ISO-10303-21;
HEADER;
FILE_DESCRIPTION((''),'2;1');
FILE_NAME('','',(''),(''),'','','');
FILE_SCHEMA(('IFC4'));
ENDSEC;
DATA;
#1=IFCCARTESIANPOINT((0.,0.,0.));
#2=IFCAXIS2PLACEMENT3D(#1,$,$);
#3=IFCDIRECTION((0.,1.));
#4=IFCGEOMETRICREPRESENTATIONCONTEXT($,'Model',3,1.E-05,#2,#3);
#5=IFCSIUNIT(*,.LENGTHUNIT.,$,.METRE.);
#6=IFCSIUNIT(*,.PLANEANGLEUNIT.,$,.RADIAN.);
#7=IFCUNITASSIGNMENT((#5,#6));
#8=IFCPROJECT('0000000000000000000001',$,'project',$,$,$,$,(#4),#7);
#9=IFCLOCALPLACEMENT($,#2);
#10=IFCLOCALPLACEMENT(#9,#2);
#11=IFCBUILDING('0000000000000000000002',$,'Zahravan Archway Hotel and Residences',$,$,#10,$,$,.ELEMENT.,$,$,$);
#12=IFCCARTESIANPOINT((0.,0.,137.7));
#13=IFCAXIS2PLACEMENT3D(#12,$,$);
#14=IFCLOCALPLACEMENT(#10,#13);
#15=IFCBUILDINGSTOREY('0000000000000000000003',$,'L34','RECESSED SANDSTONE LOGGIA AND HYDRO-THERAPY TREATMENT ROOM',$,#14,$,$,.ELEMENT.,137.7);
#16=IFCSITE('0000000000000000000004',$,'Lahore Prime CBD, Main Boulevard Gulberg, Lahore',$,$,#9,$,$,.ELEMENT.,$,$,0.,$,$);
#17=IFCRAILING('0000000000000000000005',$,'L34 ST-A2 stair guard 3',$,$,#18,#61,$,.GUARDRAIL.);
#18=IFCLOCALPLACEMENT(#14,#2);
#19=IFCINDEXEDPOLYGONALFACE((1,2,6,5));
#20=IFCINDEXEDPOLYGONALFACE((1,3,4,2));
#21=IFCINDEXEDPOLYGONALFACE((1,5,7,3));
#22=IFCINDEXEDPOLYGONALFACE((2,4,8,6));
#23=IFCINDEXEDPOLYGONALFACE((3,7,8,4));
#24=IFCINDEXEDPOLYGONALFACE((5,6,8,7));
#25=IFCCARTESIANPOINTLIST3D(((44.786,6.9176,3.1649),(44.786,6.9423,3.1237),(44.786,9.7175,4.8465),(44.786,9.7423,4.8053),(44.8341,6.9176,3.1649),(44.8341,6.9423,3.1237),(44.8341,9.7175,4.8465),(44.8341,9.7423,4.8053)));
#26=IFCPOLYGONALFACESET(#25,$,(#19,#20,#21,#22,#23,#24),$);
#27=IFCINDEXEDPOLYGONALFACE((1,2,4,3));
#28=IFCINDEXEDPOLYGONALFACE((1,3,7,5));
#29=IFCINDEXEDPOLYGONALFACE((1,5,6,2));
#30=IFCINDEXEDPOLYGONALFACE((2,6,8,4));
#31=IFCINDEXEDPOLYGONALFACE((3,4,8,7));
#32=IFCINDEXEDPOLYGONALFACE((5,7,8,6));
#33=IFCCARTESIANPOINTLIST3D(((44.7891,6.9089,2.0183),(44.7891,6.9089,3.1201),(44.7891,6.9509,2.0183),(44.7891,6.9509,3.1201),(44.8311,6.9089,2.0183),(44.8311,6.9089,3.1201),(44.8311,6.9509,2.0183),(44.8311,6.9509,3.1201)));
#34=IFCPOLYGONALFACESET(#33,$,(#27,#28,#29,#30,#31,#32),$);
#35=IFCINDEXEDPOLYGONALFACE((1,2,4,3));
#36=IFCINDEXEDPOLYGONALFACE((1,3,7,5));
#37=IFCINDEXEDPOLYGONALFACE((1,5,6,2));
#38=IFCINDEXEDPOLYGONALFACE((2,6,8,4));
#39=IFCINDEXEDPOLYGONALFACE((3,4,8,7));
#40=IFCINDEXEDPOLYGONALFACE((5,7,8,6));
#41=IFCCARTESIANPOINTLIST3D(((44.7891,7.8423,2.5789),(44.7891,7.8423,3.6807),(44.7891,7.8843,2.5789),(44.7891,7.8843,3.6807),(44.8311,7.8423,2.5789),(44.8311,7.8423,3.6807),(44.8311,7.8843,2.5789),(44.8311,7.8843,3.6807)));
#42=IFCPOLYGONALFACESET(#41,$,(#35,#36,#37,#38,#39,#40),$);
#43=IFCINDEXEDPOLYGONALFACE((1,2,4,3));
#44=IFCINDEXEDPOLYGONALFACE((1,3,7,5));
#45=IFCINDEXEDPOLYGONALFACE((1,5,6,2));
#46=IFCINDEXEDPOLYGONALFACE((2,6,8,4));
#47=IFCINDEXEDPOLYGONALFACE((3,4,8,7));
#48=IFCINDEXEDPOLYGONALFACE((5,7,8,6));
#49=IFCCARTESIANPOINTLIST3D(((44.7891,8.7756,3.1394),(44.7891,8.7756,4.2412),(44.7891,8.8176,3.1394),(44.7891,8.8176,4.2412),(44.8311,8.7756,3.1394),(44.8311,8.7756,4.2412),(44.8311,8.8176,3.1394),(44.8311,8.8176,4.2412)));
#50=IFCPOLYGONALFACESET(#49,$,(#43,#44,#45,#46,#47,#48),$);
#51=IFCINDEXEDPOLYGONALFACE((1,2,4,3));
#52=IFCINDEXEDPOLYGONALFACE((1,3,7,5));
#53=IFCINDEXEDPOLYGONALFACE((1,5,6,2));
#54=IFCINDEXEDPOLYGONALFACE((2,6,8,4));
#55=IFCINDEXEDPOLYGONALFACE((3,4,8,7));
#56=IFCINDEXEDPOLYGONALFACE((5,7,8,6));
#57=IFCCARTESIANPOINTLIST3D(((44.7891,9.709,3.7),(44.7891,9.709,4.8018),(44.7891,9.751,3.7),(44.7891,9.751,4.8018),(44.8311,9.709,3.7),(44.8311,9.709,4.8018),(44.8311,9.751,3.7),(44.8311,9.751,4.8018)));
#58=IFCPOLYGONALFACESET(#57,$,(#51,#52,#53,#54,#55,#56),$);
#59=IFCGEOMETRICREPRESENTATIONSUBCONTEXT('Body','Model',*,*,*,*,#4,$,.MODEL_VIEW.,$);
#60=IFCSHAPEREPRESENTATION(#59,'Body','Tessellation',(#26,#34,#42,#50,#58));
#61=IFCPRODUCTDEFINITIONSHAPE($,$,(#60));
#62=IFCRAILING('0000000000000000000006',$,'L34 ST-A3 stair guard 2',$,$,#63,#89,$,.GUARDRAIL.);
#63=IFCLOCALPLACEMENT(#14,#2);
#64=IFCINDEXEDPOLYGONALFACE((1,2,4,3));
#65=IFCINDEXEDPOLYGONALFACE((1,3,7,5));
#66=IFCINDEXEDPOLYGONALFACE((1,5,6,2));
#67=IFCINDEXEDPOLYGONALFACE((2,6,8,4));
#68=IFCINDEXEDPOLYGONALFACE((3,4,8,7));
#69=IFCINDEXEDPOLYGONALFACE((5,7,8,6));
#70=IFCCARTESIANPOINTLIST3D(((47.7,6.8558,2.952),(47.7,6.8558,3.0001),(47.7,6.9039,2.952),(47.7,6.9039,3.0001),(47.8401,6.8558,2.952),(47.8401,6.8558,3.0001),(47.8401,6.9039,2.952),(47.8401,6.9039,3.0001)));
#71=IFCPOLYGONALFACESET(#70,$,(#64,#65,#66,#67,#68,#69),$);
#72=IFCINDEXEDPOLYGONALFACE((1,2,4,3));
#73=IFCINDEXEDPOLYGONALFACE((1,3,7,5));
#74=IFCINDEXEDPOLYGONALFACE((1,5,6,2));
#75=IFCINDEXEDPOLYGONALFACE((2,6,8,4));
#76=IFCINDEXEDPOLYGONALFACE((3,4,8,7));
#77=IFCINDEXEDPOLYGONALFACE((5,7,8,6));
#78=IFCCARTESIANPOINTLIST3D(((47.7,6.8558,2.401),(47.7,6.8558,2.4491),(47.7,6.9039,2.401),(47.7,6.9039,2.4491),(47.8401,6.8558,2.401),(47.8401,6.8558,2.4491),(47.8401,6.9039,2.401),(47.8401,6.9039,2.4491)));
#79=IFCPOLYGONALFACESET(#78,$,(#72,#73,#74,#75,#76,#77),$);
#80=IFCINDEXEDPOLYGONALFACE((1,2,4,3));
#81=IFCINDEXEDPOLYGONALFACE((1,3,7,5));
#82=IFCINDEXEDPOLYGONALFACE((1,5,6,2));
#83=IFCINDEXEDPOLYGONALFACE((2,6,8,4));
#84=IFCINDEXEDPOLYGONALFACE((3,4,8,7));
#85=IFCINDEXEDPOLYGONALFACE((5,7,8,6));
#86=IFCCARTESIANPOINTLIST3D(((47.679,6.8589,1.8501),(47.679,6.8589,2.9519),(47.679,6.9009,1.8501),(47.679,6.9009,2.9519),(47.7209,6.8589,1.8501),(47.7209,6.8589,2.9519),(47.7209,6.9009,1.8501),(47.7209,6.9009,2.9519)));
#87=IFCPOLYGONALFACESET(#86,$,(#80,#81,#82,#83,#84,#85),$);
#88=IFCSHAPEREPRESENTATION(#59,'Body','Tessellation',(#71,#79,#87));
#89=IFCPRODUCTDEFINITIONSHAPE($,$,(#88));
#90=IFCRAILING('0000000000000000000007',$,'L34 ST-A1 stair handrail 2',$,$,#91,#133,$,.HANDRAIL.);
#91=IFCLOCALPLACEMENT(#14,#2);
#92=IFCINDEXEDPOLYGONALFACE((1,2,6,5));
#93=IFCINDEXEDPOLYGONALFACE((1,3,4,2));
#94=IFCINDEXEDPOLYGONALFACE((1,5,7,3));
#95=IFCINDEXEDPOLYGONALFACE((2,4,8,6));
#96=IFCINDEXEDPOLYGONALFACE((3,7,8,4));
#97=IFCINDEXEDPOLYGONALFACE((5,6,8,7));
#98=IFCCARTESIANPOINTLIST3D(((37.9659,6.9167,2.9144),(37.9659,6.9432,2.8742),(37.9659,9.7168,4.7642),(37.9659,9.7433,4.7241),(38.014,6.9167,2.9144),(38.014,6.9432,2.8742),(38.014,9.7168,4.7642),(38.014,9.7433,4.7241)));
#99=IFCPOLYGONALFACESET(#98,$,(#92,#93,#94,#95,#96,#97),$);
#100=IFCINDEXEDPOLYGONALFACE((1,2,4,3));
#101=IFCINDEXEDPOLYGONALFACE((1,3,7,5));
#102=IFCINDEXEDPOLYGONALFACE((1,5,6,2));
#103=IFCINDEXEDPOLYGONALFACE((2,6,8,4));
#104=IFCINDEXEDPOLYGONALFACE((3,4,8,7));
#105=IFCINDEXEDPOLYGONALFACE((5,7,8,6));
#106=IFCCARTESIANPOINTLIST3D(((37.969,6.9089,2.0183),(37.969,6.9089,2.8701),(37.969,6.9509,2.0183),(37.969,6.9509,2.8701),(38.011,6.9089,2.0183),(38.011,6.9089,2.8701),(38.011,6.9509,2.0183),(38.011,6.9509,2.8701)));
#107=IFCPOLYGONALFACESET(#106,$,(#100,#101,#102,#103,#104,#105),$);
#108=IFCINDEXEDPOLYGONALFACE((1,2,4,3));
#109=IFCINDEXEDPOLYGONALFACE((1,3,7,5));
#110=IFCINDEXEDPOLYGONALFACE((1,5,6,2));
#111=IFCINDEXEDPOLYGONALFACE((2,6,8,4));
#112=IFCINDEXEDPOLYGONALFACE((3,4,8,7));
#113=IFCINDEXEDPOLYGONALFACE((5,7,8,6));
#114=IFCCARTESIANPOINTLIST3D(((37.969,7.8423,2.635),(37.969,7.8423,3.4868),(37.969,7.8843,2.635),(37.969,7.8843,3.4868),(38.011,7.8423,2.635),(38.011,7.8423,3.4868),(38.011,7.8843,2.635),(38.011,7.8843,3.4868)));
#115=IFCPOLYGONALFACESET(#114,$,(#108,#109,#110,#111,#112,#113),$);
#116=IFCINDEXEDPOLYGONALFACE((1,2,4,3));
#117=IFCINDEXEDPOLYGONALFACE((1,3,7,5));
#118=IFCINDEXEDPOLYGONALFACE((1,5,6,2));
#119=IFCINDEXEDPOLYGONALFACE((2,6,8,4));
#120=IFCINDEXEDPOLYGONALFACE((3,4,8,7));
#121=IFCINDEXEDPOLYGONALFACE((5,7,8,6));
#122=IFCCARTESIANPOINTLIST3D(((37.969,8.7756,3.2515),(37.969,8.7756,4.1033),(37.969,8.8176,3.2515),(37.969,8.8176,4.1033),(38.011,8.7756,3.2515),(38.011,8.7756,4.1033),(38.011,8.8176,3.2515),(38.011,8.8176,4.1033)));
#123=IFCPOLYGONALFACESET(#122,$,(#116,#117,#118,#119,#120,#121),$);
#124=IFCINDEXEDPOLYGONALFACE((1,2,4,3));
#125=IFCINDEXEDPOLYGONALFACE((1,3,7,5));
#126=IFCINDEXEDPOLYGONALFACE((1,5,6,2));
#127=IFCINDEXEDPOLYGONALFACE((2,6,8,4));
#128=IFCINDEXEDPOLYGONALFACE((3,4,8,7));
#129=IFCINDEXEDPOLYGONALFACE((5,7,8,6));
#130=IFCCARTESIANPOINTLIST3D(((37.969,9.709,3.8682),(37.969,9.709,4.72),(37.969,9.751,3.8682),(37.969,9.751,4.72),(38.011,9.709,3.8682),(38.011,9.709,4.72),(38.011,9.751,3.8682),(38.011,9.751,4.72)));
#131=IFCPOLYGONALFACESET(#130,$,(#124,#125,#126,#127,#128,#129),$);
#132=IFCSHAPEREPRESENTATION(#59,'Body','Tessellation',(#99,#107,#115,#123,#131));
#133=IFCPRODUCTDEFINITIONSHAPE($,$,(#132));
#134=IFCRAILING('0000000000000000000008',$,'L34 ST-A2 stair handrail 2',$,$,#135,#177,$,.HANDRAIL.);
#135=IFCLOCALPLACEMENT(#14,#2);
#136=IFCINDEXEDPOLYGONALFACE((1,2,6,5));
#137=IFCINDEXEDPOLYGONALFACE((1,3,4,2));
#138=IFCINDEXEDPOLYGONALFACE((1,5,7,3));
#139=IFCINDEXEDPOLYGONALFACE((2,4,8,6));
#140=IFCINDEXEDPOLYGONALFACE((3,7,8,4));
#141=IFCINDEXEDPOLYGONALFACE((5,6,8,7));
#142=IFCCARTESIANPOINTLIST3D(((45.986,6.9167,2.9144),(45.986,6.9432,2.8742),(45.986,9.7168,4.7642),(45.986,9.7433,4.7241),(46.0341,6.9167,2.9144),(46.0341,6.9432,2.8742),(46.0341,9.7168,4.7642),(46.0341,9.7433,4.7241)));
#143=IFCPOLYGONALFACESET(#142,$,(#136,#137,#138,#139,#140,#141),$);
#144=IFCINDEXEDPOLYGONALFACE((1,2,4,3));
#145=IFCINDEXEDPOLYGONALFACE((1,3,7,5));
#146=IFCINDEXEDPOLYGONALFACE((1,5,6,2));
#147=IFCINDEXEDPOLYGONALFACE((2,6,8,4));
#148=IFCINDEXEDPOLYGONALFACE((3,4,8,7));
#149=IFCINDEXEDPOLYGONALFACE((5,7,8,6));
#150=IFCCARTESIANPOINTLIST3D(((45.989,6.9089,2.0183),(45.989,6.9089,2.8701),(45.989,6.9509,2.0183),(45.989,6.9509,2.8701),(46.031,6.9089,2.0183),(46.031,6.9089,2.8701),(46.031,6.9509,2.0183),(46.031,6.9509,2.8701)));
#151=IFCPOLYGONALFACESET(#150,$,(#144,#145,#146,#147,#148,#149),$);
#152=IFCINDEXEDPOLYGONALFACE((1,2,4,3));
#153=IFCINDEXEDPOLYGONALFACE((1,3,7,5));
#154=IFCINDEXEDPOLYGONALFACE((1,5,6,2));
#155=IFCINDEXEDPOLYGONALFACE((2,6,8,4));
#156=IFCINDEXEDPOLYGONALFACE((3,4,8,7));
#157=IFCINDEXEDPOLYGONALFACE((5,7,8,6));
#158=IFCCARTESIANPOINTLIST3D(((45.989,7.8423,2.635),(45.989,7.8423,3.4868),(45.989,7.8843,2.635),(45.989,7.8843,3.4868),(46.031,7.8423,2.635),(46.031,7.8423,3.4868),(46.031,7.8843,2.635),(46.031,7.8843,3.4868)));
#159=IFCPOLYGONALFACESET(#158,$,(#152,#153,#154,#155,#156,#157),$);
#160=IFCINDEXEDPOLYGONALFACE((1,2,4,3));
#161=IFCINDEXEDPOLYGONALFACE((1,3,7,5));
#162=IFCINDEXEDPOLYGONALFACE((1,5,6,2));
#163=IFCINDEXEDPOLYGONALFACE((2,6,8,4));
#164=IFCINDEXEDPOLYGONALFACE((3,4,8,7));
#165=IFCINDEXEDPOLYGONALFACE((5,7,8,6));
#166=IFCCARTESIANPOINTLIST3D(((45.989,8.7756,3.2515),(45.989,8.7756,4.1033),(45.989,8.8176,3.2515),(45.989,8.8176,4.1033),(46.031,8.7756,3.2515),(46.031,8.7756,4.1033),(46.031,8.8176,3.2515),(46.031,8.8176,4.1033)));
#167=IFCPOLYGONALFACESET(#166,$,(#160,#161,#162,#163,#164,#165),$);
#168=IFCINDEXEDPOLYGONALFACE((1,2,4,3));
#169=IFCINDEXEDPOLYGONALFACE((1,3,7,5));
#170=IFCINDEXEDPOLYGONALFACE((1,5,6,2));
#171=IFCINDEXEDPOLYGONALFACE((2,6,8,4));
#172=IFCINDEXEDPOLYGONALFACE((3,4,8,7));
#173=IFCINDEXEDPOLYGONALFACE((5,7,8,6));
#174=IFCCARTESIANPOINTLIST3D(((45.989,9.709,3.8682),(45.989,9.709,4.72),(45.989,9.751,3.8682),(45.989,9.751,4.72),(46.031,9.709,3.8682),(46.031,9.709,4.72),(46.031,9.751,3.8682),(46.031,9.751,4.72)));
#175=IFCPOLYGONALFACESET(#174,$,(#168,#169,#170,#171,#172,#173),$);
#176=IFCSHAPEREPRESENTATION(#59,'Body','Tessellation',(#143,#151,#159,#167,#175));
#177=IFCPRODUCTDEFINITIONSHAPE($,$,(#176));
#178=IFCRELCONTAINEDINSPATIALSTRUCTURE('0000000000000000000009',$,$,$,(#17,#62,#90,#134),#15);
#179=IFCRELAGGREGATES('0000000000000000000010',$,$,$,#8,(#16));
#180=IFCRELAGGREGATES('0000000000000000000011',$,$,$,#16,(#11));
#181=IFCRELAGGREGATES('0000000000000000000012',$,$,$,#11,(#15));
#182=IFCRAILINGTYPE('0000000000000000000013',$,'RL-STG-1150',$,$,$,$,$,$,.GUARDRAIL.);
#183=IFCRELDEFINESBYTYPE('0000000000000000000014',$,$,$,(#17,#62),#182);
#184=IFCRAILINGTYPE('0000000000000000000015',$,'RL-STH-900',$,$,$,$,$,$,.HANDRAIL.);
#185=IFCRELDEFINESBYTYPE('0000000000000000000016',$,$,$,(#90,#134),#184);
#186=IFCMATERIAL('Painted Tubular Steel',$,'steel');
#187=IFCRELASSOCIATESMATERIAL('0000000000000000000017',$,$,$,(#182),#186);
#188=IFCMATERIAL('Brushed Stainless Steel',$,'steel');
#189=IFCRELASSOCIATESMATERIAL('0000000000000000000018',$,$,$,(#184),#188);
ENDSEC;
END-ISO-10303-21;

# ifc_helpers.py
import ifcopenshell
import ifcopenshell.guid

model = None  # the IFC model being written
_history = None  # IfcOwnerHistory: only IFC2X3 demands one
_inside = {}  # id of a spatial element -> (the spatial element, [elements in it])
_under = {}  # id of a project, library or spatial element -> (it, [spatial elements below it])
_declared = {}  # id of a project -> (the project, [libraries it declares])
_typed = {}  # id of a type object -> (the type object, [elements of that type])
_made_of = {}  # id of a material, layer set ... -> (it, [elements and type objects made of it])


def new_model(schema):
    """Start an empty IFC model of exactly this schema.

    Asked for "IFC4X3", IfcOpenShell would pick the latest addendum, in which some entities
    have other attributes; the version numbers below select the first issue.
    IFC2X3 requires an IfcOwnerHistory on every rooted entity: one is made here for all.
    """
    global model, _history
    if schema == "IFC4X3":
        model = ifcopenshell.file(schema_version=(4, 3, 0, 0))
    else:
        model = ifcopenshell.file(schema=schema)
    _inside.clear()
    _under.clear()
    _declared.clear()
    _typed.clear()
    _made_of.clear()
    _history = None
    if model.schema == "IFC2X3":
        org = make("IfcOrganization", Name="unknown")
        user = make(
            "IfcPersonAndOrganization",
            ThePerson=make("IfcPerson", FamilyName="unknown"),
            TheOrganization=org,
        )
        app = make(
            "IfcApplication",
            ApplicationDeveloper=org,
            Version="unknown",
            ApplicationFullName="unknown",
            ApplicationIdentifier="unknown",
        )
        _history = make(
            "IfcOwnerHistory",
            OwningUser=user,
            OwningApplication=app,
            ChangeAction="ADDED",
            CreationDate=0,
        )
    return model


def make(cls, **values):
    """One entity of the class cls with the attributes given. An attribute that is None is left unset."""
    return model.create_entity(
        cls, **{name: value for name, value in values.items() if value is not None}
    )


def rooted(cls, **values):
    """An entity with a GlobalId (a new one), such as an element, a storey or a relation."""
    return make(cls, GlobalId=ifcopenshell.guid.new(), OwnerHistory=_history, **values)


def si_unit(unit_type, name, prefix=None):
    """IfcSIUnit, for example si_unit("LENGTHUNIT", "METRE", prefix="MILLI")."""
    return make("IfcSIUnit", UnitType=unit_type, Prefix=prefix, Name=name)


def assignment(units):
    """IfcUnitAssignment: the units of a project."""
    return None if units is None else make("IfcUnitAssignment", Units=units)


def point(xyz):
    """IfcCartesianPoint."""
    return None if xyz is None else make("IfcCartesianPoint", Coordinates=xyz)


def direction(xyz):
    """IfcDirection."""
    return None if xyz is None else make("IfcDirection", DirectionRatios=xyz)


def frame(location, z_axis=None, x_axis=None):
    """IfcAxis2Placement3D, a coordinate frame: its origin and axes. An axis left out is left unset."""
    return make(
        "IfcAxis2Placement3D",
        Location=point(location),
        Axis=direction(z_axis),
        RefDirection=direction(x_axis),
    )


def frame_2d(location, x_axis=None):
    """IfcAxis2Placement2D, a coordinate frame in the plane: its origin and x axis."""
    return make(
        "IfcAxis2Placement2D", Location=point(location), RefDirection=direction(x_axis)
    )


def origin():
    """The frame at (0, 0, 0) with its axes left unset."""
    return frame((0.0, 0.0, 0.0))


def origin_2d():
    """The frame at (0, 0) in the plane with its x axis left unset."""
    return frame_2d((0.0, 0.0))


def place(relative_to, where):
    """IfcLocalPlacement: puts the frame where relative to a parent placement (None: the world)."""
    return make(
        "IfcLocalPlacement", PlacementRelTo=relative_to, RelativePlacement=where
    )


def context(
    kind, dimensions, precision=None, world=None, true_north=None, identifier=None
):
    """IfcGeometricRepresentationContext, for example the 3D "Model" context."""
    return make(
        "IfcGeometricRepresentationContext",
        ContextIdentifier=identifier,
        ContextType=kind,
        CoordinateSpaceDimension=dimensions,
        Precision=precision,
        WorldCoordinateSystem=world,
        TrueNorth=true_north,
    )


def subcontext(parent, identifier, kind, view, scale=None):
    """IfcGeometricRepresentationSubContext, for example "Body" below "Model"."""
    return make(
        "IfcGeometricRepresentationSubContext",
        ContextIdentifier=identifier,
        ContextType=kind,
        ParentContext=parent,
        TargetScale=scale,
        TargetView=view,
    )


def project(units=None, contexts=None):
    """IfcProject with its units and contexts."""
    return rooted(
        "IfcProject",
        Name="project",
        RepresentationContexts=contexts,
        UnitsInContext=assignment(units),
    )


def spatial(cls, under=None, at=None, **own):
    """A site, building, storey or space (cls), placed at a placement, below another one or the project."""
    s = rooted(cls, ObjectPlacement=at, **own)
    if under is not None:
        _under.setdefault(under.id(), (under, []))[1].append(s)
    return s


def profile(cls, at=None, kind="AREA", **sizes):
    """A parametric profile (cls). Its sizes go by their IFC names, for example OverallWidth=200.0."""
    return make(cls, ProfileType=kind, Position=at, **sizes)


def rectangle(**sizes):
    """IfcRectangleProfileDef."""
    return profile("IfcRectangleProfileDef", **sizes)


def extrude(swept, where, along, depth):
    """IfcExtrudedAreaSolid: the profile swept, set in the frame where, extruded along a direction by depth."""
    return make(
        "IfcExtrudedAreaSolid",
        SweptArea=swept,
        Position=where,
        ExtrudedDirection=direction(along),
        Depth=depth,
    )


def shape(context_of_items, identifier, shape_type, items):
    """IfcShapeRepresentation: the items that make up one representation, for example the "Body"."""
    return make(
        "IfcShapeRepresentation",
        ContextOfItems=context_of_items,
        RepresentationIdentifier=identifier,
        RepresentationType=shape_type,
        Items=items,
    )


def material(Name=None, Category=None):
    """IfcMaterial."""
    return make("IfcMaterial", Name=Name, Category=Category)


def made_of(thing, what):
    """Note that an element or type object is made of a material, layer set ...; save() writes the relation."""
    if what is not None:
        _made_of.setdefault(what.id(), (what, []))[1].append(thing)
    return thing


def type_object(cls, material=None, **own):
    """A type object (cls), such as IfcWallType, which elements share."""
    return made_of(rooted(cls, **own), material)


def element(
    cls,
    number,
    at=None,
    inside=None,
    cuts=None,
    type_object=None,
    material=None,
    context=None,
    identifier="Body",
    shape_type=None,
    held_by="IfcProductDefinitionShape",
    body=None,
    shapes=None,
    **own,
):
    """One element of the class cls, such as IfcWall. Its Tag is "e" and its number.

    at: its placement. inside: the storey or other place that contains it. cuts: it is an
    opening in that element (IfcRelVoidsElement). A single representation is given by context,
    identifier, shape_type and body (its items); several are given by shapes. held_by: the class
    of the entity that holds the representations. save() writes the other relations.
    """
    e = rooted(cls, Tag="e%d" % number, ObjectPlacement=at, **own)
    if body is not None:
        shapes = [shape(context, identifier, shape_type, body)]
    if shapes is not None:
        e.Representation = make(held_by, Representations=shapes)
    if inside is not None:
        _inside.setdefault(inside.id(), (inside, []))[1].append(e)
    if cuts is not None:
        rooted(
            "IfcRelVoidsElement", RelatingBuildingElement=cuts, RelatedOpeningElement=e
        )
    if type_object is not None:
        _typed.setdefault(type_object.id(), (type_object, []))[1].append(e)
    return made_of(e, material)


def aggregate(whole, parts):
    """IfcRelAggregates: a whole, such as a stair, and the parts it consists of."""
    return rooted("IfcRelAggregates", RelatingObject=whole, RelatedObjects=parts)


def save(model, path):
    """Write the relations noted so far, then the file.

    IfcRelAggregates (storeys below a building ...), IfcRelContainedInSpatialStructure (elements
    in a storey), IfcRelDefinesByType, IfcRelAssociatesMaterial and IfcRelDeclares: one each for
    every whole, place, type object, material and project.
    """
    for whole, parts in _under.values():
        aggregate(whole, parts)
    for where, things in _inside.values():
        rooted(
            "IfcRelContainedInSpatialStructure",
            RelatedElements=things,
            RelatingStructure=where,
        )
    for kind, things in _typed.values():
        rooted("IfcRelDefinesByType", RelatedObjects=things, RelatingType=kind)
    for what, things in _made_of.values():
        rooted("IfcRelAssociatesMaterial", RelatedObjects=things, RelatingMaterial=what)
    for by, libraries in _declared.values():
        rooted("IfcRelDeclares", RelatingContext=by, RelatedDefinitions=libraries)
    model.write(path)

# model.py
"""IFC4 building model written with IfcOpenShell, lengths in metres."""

from ifc_helpers import new_model, si_unit, direction, frame, origin, origin_2d, place, context, subcontext, project, spatial, rectangle, extrude, material, type_object, element, save


model = new_model("IFC4")

# Units and contexts
model_context = context("Model", 3, precision=1e-05, world=origin(), true_north=direction((0.0, 1.0)))
body_context = subcontext(model_context, "Body", "Model", "MODEL_VIEW")
ifc_project = project(units=[si_unit("LENGTHUNIT", "METRE"), si_unit("PLANEANGLEUNIT", "RADIAN")], contexts=[model_context])

# Site, building, storey
site_placement = place(None, origin())
site = spatial("IfcSite", under=ifc_project, at=site_placement, Name="Lahore Prime CBD, Main Boulevard Gulberg, Lahore", CompositionType="ELEMENT", RefElevation=0.0)
building_placement = place(site_placement, origin())
building = spatial("IfcBuilding", under=site, at=building_placement, Name="Zahravan Archway Hotel and Residences", CompositionType="ELEMENT")
storey_placement = place(building_placement, frame((0.0, 0.0, 137.7)))
storey = spatial("IfcBuildingStorey", under=building, at=storey_placement, Name="L34", Description="RECESSED SANDSTONE LOGGIA AND HYDRO-THERAPY TREATMENT ROOM", CompositionType="ELEMENT", Elevation=137.7)

# Railings
ifc_material_1 = material(Name="Painted Tubular Steel", Category="steel")
railing_type_1 = type_object("IfcRailingType", Name="RL-STG-1150", PredefinedType="GUARDRAIL", material=ifc_material_1)
railing_1_placement = place(storey_placement, frame((44.8101, 6.9299, 2.0183)))
element("IfcRailing", 1, at=railing_1_placement, inside=storey, type_object=railing_type_1, Name="L34 ST-A2 stair guard 3", PredefinedType="GUARDRAIL", context=body_context, shape_type="SweptSolid", body=[
    extrude(rectangle(XDim=0.0481, YDim=0.0481, at=origin_2d()), frame((0.0, 0.0, 1.126), z_axis=(0.0, 0.857275, 0.514858), x_axis=(-1.0, 0.0, 0.0)), (0.0, 0.0, 1.0), 3.2661),
    extrude(rectangle(XDim=0.042, YDim=0.042, at=origin_2d()), origin(), (0.0, 0.0, 1.0), 1.1018),
    extrude(rectangle(XDim=0.042, YDim=0.042, at=origin_2d()), frame((0.0, 0.9333, 0.5605)), (0.0, 0.0, 1.0), 1.1018),
    extrude(rectangle(XDim=0.042, YDim=0.042, at=origin_2d()), frame((0.0, 1.8667, 1.1211)), (0.0, 0.0, 1.0), 1.1018),
    extrude(rectangle(XDim=0.042, YDim=0.042, at=origin_2d()), frame((0.0, 2.8, 1.6816)), (0.0, 0.0, 1.0), 1.1018),
])
railing_2_placement = place(storey_placement, frame((47.7, 6.8799, 1.8501)))
element("IfcRailing", 2, at=railing_2_placement, inside=storey, type_object=railing_type_1, Name="L34 ST-A3 stair guard 2", PredefinedType="GUARDRAIL", context=body_context, shape_type="SweptSolid", body=[
    extrude(rectangle(XDim=0.0481, YDim=0.0481, at=origin_2d()), frame((0.0, 0.0, 1.126), z_axis=(1.0, 0.0, 0.0), x_axis=(0.0, 1.0, 0.0)), (0.0, 0.0, 1.0), 0.1401),
    extrude(rectangle(XDim=0.0481, YDim=0.0481, at=origin_2d()), frame((0.0, 0.0, 0.575), z_axis=(1.0, 0.0, 0.0), x_axis=(0.0, 1.0, 0.0)), (0.0, 0.0, 1.0), 0.1401),
    extrude(rectangle(XDim=0.042, YDim=0.042, at=origin_2d()), origin(), (0.0, 0.0, 1.0), 1.1018),
])
ifc_material_2 = material(Name="Brushed Stainless Steel", Category="steel")
railing_type_2 = type_object("IfcRailingType", Name="RL-STH-900", PredefinedType="HANDRAIL", material=ifc_material_2)
for number, where, name in (
    (3, (37.99, 6.9299, 2.0183), "L34 ST-A1 stair handrail 2"),
    (4, (46.01, 6.9299, 2.0183), "L34 ST-A2 stair handrail 2"),
):
    element("IfcRailing", number, at=place(storey_placement, frame(where)), inside=storey, type_object=railing_type_2, Name=name, PredefinedType="HANDRAIL", context=body_context, shape_type="SweptSolid", body=[
        extrude(rectangle(XDim=0.0481, YDim=0.0481, at=origin_2d()), frame((0.0, 0.0, 0.876), z_axis=(0.0, 0.83436, 0.55122), x_axis=(-1.0, 0.0, 0.0)), (0.0, 0.0, 1.0), 3.356),
        extrude(rectangle(XDim=0.042, YDim=0.042, at=origin_2d()), origin(), (0.0, 0.0, 1.0), 0.8518),
        extrude(rectangle(XDim=0.042, YDim=0.042, at=origin_2d()), frame((0.0, 0.9333, 0.6167)), (0.0, 0.0, 1.0), 0.8518),
        extrude(rectangle(XDim=0.042, YDim=0.042, at=origin_2d()), frame((0.0, 1.8667, 1.2332)), (0.0, 0.0, 1.0), 0.8518),
        extrude(rectangle(XDim=0.042, YDim=0.042, at=origin_2d()), frame((0.0, 2.8, 1.8499)), (0.0, 0.0, 1.0), 0.8518),
    ])

save(model, "model.ifc")
